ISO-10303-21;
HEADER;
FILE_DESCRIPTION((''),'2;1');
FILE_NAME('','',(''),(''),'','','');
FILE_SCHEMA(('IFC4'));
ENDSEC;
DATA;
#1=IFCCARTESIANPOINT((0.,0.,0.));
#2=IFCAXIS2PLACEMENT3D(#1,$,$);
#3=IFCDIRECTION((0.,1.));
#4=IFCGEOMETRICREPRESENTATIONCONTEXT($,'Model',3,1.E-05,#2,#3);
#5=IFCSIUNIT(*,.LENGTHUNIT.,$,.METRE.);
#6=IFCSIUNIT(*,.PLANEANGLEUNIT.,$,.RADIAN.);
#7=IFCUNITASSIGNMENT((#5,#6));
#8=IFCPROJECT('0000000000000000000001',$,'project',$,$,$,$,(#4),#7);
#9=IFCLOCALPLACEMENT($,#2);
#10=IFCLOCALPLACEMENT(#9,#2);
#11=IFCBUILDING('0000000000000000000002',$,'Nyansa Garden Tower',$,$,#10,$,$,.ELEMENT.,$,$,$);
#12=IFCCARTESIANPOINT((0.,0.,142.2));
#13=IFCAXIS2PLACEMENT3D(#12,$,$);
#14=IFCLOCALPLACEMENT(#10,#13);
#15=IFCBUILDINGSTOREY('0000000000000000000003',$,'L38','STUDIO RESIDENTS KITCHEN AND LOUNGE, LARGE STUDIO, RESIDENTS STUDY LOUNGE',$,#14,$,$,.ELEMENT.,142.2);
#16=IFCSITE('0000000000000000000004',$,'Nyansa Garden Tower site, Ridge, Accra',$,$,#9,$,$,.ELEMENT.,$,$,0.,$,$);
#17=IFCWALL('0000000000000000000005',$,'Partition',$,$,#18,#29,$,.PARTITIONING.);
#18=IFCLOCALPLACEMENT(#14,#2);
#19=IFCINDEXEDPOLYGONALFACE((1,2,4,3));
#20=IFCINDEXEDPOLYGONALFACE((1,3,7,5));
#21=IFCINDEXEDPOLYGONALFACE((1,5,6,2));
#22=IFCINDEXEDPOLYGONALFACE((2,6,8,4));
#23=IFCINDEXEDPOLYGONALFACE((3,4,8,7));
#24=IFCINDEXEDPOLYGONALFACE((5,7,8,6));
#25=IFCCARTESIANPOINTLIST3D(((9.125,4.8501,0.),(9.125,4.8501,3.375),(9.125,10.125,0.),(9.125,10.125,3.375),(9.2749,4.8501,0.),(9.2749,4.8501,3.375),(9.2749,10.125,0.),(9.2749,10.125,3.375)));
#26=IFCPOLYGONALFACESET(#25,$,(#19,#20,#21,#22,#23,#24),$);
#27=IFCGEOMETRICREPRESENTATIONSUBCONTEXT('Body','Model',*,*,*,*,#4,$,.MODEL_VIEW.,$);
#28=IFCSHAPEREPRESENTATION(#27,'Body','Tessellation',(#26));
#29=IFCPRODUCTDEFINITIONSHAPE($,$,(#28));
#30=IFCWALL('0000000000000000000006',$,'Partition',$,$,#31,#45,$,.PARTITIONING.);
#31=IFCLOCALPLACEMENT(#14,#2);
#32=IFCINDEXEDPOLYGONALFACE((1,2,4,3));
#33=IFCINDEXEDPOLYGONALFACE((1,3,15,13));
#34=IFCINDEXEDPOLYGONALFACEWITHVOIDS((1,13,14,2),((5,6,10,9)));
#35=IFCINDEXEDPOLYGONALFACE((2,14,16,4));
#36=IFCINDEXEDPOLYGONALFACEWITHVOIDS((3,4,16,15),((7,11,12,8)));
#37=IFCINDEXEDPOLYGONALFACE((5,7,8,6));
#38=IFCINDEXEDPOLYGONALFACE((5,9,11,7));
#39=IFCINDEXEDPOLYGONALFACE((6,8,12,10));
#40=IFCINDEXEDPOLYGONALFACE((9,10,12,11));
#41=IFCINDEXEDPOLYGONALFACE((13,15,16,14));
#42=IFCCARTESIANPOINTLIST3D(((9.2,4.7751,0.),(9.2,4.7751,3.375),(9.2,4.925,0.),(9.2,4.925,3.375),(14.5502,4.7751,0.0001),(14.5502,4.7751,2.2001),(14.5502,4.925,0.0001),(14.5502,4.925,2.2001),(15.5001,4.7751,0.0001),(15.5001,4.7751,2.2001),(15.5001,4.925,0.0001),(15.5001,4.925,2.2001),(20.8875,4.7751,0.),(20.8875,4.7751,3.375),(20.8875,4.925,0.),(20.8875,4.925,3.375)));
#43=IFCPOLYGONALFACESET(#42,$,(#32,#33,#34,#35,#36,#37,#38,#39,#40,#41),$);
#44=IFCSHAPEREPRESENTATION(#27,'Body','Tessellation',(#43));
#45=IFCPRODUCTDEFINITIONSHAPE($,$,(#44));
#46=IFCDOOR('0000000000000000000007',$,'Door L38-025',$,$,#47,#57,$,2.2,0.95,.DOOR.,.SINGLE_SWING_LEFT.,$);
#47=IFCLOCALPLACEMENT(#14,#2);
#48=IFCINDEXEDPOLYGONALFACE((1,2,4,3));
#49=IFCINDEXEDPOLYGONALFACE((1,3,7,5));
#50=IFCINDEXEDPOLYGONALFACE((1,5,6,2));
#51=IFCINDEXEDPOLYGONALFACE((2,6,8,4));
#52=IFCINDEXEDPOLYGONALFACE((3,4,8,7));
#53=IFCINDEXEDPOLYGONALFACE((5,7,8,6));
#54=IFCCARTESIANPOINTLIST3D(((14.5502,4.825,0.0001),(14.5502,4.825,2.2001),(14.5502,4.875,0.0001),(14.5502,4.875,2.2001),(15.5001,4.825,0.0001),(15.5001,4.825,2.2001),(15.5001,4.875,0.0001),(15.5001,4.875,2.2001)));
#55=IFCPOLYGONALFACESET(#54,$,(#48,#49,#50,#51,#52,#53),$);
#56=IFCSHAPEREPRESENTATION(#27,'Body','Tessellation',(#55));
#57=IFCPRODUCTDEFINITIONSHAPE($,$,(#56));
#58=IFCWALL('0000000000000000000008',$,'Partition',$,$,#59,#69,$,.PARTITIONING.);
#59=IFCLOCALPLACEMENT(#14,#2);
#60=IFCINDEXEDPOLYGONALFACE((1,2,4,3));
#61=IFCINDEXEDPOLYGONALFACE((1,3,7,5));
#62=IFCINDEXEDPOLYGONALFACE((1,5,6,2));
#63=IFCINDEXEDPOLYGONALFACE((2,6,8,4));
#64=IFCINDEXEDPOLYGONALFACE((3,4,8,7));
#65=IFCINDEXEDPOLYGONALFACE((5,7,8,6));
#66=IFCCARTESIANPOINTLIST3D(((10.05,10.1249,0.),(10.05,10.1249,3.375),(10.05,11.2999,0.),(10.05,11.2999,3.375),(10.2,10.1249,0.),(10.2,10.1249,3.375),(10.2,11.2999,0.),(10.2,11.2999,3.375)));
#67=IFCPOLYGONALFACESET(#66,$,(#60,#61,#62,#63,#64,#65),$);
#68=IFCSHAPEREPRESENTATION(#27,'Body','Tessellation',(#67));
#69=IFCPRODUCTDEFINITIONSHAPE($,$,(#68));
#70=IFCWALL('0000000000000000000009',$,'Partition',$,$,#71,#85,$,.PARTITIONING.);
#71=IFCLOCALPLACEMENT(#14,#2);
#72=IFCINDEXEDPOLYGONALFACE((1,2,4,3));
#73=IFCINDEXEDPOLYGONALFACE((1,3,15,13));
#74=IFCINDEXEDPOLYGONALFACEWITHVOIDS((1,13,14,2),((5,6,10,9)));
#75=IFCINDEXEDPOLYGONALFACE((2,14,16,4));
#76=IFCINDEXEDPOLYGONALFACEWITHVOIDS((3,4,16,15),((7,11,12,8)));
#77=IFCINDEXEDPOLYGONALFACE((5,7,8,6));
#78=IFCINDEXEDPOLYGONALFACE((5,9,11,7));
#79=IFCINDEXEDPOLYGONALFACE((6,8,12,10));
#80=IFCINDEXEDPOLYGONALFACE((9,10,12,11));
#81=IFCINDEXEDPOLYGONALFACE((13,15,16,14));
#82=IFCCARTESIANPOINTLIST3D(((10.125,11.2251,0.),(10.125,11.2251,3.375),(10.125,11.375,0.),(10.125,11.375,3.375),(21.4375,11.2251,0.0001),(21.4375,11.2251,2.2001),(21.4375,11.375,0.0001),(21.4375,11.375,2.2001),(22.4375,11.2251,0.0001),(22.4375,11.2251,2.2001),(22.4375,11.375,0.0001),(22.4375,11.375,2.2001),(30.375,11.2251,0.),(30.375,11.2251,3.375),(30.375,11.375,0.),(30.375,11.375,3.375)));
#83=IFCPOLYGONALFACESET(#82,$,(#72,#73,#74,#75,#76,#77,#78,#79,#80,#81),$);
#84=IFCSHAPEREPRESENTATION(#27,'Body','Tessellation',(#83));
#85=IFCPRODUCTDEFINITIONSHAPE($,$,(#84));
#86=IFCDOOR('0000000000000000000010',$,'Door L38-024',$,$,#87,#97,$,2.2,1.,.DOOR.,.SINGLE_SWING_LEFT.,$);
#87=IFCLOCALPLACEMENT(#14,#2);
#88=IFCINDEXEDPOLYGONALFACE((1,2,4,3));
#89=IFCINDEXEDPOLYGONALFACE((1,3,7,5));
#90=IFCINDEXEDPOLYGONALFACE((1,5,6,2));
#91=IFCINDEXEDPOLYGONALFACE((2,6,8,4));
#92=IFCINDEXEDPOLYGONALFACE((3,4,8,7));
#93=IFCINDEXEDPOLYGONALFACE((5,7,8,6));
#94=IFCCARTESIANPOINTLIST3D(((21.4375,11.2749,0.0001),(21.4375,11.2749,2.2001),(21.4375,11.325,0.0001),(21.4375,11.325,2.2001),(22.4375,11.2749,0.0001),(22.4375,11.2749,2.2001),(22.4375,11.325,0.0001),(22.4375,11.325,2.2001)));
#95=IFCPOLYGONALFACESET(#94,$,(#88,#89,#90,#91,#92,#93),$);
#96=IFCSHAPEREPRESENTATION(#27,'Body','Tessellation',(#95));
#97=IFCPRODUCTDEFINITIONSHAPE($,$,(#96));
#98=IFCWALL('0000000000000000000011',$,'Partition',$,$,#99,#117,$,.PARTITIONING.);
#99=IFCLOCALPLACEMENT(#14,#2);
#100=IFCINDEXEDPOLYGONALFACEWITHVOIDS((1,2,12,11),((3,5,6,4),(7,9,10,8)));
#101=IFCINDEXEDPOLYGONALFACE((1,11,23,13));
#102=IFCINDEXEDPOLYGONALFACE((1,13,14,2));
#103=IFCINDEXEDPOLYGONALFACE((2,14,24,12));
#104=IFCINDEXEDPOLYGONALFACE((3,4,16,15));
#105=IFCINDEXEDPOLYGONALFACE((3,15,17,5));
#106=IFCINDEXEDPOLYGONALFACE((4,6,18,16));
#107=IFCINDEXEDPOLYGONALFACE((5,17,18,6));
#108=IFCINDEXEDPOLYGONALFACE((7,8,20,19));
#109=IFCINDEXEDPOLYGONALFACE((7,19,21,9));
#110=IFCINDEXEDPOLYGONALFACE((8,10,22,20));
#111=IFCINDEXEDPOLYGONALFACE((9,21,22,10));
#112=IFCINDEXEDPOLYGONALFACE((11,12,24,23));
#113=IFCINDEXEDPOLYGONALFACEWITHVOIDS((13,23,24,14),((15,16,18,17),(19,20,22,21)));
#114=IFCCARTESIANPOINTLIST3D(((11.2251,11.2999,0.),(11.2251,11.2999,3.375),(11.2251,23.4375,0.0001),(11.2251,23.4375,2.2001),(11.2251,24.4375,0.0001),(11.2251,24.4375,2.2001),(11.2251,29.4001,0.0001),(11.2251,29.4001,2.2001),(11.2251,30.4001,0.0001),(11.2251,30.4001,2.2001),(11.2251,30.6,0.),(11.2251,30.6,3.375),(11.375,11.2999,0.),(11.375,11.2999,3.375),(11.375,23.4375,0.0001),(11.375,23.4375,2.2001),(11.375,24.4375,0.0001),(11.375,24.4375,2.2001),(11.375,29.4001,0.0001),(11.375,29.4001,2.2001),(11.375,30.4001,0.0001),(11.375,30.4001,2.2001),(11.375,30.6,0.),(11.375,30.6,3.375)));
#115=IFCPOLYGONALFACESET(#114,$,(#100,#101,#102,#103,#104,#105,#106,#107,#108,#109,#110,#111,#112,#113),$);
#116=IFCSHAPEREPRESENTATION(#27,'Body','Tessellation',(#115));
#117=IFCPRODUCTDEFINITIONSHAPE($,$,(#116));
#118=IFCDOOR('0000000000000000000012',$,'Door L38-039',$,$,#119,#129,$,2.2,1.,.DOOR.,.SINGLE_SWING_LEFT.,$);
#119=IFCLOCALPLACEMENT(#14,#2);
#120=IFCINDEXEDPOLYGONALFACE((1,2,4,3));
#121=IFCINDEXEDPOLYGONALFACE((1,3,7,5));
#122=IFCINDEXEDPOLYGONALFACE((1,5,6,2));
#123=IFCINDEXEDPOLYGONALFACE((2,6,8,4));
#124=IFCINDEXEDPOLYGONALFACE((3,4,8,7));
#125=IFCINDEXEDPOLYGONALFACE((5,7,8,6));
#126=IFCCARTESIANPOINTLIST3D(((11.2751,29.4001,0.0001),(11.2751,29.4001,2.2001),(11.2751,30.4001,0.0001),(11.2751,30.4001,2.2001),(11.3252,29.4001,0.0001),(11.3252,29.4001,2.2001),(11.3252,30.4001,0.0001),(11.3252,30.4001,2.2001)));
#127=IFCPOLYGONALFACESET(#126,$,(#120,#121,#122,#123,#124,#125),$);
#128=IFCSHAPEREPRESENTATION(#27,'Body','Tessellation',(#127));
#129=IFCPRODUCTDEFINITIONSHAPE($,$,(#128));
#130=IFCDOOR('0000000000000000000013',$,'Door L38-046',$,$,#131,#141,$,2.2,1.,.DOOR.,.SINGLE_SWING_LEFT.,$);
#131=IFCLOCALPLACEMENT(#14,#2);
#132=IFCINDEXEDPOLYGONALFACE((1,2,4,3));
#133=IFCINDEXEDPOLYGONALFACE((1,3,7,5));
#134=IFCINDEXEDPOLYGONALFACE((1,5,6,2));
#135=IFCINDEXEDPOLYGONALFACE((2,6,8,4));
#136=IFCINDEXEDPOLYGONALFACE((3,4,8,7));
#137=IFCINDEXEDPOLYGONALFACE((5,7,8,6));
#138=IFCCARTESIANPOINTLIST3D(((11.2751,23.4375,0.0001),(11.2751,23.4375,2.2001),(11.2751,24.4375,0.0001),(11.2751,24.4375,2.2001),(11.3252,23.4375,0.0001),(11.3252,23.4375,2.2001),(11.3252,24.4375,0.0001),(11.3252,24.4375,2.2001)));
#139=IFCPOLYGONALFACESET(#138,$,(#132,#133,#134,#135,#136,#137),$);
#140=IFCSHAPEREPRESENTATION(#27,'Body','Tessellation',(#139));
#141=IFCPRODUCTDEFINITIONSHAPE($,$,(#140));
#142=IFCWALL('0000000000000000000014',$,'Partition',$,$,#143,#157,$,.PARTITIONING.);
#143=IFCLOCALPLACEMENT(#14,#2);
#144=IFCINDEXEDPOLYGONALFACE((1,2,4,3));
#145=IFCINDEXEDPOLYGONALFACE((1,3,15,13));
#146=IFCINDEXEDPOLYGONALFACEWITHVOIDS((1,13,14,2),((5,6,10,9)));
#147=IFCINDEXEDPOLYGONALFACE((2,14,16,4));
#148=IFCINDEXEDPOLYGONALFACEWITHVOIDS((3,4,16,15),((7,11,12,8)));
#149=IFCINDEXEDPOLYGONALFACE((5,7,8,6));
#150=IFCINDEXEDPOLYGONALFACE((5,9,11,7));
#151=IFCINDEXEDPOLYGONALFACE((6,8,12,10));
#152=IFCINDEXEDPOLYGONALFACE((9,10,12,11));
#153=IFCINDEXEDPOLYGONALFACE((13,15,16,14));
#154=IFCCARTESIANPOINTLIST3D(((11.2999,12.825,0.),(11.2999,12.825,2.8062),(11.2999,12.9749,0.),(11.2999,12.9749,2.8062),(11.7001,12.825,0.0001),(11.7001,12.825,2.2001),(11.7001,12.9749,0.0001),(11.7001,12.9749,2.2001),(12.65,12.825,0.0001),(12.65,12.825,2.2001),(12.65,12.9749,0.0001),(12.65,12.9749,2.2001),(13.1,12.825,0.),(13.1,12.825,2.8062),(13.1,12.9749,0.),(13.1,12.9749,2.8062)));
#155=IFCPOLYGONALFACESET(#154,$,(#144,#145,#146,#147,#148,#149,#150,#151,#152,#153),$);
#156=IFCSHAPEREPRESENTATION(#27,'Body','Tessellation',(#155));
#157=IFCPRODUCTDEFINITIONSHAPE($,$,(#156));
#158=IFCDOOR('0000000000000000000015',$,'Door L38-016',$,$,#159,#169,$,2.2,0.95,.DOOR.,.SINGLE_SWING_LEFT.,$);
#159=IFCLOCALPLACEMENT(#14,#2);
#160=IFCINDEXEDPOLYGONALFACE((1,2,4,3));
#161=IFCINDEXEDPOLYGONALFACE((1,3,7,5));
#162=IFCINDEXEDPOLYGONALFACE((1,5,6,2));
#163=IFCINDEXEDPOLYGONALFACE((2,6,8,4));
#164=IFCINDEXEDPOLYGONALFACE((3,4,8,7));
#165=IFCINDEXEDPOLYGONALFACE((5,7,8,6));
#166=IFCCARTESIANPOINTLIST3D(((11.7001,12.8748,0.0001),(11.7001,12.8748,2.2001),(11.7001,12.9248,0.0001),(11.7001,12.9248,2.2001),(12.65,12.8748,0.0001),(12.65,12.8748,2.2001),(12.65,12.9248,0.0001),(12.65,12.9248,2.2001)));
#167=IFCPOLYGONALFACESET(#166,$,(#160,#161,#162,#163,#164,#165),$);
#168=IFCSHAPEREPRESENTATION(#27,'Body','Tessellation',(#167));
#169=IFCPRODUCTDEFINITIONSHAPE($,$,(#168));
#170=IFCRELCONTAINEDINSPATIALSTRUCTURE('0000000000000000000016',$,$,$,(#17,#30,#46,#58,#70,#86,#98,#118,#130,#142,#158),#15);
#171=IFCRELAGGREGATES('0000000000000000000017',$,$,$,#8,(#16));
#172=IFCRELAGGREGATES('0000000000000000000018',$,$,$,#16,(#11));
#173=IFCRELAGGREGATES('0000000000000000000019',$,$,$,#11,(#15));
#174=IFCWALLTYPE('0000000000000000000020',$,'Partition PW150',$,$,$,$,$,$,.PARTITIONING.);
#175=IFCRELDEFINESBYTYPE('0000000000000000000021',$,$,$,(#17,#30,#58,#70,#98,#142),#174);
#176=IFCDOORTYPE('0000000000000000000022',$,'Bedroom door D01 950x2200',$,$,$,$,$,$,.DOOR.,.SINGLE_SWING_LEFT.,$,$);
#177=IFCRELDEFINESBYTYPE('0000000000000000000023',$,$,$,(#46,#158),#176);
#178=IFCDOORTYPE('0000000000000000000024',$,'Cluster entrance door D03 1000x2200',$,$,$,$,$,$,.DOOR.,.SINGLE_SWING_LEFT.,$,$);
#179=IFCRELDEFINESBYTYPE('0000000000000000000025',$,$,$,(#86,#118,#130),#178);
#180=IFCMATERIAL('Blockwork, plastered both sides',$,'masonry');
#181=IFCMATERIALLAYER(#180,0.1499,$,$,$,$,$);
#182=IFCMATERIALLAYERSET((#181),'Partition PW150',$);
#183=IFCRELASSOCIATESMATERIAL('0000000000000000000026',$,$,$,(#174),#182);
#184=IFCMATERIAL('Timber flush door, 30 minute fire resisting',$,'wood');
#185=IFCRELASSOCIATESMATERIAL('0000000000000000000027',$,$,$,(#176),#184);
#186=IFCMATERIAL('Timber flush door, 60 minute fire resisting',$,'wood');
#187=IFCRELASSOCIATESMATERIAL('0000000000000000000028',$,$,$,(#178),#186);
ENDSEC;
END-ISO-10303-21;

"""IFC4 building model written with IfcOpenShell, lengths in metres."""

from ifc_helpers import new_model, si_unit, direction, frame, frame_2d, origin, place, context, subcontext, project, spatial, rectangle, extrude, material, layer, layer_set, type_object, element, fill, save


model = new_model("IFC4")

# Units and contexts
model_context = context("Model", 3, precision=1e-05, world=origin(), true_north=direction((0.0, 1.0)))
body_context = subcontext(model_context, "Body", "Model", "MODEL_VIEW")
ifc_project = project(units=[si_unit("LENGTHUNIT", "METRE"), si_unit("PLANEANGLEUNIT", "RADIAN")], contexts=[model_context])

# Site, building, storey
site_placement = place(None, origin())
site = spatial("IfcSite", under=ifc_project, at=site_placement, Name="Nyansa Garden Tower site, Ridge, Accra", CompositionType="ELEMENT", RefElevation=0.0)
building_placement = place(site_placement, origin())
building = spatial("IfcBuilding", under=site, at=building_placement, Name="Nyansa Garden Tower", CompositionType="ELEMENT")
storey_placement = place(building_placement, frame((0.0, 0.0, 142.2)))
storey = spatial("IfcBuildingStorey", under=building, at=storey_placement, Name="L38", Description="STUDIO RESIDENTS KITCHEN AND LOUNGE, LARGE STUDIO, RESIDENTS STUDY LOUNGE", CompositionType="ELEMENT", Elevation=142.2)

# Shared definitions
ifc_material_1 = material(Name="Blockwork, plastered both sides", Category="masonry")
ifc_layer_1 = layer(ifc_material_1, 0.1499)
ifc_layer_set_1 = layer_set([ifc_layer_1], Name="Partition PW150")
wall_type_1 = type_object("IfcWallType", Name="Partition PW150", PredefinedType="PARTITIONING", material=ifc_layer_set_1)

# Wall
wall_1_placement = place(storey_placement, frame((9.2, 4.8501, 0.0), z_axis=(0.0, 0.0, 1.0), x_axis=(0.0, 1.0, 0.0)))
element("IfcWall", 1, at=wall_1_placement, inside=storey, type_object=wall_type_1, Name="Partition", PredefinedType="PARTITIONING", context=body_context, shape_type="SweptSolid", body=[
    extrude(rectangle(XDim=5.2749, YDim=0.1499, at=frame_2d((2.6375, 0.0))), origin(), (0.0, 0.0, 1.0), 3.375),
])

# Wall, opening, door
wall_2_placement = place(storey_placement, frame((9.2, 4.8501, 0.0), z_axis=(0.0, 0.0, 1.0), x_axis=(1.0, 0.0, 0.0)))
wall_2 = element("IfcWall", 2, at=wall_2_placement, inside=storey, type_object=wall_type_1, Name="Partition", PredefinedType="PARTITIONING", context=body_context, shape_type="SweptSolid", body=[
    extrude(rectangle(XDim=11.6875, YDim=0.1499, at=frame_2d((5.8438, 0.0))), origin(), (0.0, 0.0, 1.0), 3.375),
])
opening_1_placement = place(wall_2_placement, frame((5.3501, 0.0, 0.0)))
opening_1 = element("IfcOpeningElement", 3, at=opening_1_placement, cuts=wall_2, PredefinedType="OPENING", context=body_context, shape_type="SweptSolid", body=[
    extrude(rectangle(XDim=0.95, YDim=2.2, at=frame_2d((0.4751, 1.1001))), frame((0.0, 0.085, 0.0), z_axis=(0.0, -1.0, 0.0), x_axis=(1.0, 0.0, 0.0)), (0.0, 0.0, 1.0), 0.1699),
])
ifc_material_2 = material(Name="Timber flush door, 30 minute fire resisting", Category="wood")
door_type_1 = type_object("IfcDoorType", Name="Bedroom door D01 950x2200", OperationType="SINGLE_SWING_LEFT", PredefinedType="DOOR", material=ifc_material_2)
door_1_placement = place(opening_1_placement, origin())
door_1 = element("IfcDoor", 4, at=door_1_placement, inside=storey, type_object=door_type_1, Name="Door L38-025", OperationType="SINGLE_SWING_LEFT", OverallHeight=2.2, OverallWidth=0.95, PredefinedType="DOOR", context=body_context, shape_type="SweptSolid", body=[
    extrude(rectangle(XDim=0.95, YDim=2.2, at=frame_2d((0.4751, 1.1001))), frame((0.0, 0.0249, 0.0), z_axis=(0.0, -1.0, 0.0), x_axis=(1.0, 0.0, 0.0)), (0.0, 0.0, 1.0), 0.05),
])
fill(opening_1, door_1)

# Wall
wall_3_placement = place(storey_placement, frame((10.125, 10.125, 0.0), z_axis=(0.0, 0.0, 1.0), x_axis=(0.0, 1.0, 0.0)))
element("IfcWall", 5, at=wall_3_placement, inside=storey, type_object=wall_type_1, Name="Partition", PredefinedType="PARTITIONING", context=body_context, shape_type="SweptSolid", body=[
    extrude(rectangle(XDim=1.175, YDim=0.1499, at=frame_2d((0.5874, 0.0))), origin(), (0.0, 0.0, 1.0), 3.375),
])

# Wall, opening, door
wall_4_placement = place(storey_placement, frame((10.125, 11.3, 0.0), z_axis=(0.0, 0.0, 1.0), x_axis=(1.0, 0.0, 0.0)))
wall_4 = element("IfcWall", 6, at=wall_4_placement, inside=storey, type_object=wall_type_1, Name="Partition", PredefinedType="PARTITIONING", context=body_context, shape_type="SweptSolid", body=[
    extrude(rectangle(XDim=20.25, YDim=0.1499, at=frame_2d((10.125, 0.0))), origin(), (0.0, 0.0, 1.0), 3.375),
])
opening_2_placement = place(wall_4_placement, frame((11.3125, 0.0, 0.0)))
opening_2 = element("IfcOpeningElement", 7, at=opening_2_placement, cuts=wall_4, PredefinedType="OPENING", context=body_context, shape_type="SweptSolid", body=[
    extrude(rectangle(XDim=1.0, YDim=2.2, at=frame_2d((0.5, 1.1001))), frame((0.0, 0.085, 0.0), z_axis=(0.0, -1.0, 0.0), x_axis=(1.0, 0.0, 0.0)), (0.0, 0.0, 1.0), 0.1699),
])
ifc_material_3 = material(Name="Timber flush door, 60 minute fire resisting", Category="wood")
door_type_2 = type_object("IfcDoorType", Name="Cluster entrance door D03 1000x2200", OperationType="SINGLE_SWING_LEFT", PredefinedType="DOOR", material=ifc_material_3)
door_2_placement = place(opening_2_placement, origin())
door_2 = element("IfcDoor", 8, at=door_2_placement, inside=storey, type_object=door_type_2, Name="Door L38-024", OperationType="SINGLE_SWING_LEFT", OverallHeight=2.2, OverallWidth=1.0, PredefinedType="DOOR", context=body_context, shape_type="SweptSolid", body=[
    extrude(rectangle(XDim=1.0, YDim=2.2, at=frame_2d((0.5, 1.1001))), frame((0.0, 0.0249, 0.0), z_axis=(0.0, -1.0, 0.0), x_axis=(1.0, 0.0, 0.0)), (0.0, 0.0, 1.0), 0.05),
])
fill(opening_2, door_2)

# Wall, openings, doors
wall_5_placement = place(storey_placement, frame((11.3, 11.3, 0.0), z_axis=(0.0, 0.0, 1.0), x_axis=(0.0, 1.0, 0.0)))
wall_5 = element("IfcWall", 9, at=wall_5_placement, inside=storey, type_object=wall_type_1, Name="Partition", PredefinedType="PARTITIONING", context=body_context, shape_type="SweptSolid", body=[
    extrude(rectangle(XDim=19.3, YDim=0.1499, at=frame_2d((9.6499, 0.0))), origin(), (0.0, 0.0, 1.0), 3.375),
])
opening_3_placement = place(wall_5_placement, frame((18.1001, 0.0, 0.0)))
opening_3 = element("IfcOpeningElement", 10, at=opening_3_placement, cuts=wall_5, PredefinedType="OPENING", context=body_context, shape_type="SweptSolid", body=[
    extrude(rectangle(XDim=1.0, YDim=2.2, at=frame_2d((0.5, 1.1001))), frame((0.0, 0.085, 0.0), z_axis=(0.0, -1.0, 0.0), x_axis=(1.0, 0.0, 0.0)), (0.0, 0.0, 1.0), 0.1699),
])
opening_4_placement = place(wall_5_placement, frame((12.1375, 0.0, 0.0)))
opening_4 = element("IfcOpeningElement", 11, at=opening_4_placement, cuts=wall_5, PredefinedType="OPENING", context=body_context, shape_type="SweptSolid", body=[
    extrude(rectangle(XDim=1.0, YDim=2.2, at=frame_2d((0.5, 1.1001))), frame((0.0, 0.085, 0.0), z_axis=(0.0, -1.0, 0.0), x_axis=(1.0, 0.0, 0.0)), (0.0, 0.0, 1.0), 0.1699),
])
door_3_placement = place(opening_3_placement, origin())
door_3 = element("IfcDoor", 12, at=door_3_placement, inside=storey, type_object=door_type_2, Name="Door L38-039", OperationType="SINGLE_SWING_LEFT", OverallHeight=2.2, OverallWidth=1.0, PredefinedType="DOOR", context=body_context, shape_type="SweptSolid", body=[
    extrude(rectangle(XDim=1.0, YDim=2.2, at=frame_2d((0.5, 1.1001))), frame((0.0, 0.0249, 0.0), z_axis=(0.0, -1.0, 0.0), x_axis=(1.0, 0.0, 0.0)), (0.0, 0.0, 1.0), 0.05),
])
fill(opening_3, door_3)
door_4_placement = place(opening_4_placement, origin())
door_4 = element("IfcDoor", 13, at=door_4_placement, inside=storey, type_object=door_type_2, Name="Door L38-046", OperationType="SINGLE_SWING_LEFT", OverallHeight=2.2, OverallWidth=1.0, PredefinedType="DOOR", context=body_context, shape_type="SweptSolid", body=[
    extrude(rectangle(XDim=1.0, YDim=2.2, at=frame_2d((0.5, 1.1001))), frame((0.0, 0.0249, 0.0), z_axis=(0.0, -1.0, 0.0), x_axis=(1.0, 0.0, 0.0)), (0.0, 0.0, 1.0), 0.05),
])
fill(opening_4, door_4)

# Wall, opening, door
wall_6_placement = place(storey_placement, frame((11.3, 12.8999, 0.0), z_axis=(0.0, 0.0, 1.0), x_axis=(1.0, 0.0, 0.0)))
wall_6 = element("IfcWall", 14, at=wall_6_placement, inside=storey, type_object=wall_type_1, Name="Partition", PredefinedType="PARTITIONING", context=body_context, shape_type="SweptSolid", body=[
    extrude(rectangle(XDim=1.8, YDim=0.1499, at=frame_2d((0.8999, 0.0))), origin(), (0.0, 0.0, 1.0), 2.8062),
])
opening_5_placement = place(wall_6_placement, frame((0.3999, 0.0, 0.0)))
opening_5 = element("IfcOpeningElement", 15, at=opening_5_placement, cuts=wall_6, PredefinedType="OPENING", context=body_context, shape_type="SweptSolid", body=[
    extrude(rectangle(XDim=0.95, YDim=2.2, at=frame_2d((0.4751, 1.1001))), frame((0.0, 0.085, 0.0), z_axis=(0.0, -1.0, 0.0), x_axis=(1.0, 0.0, 0.0)), (0.0, 0.0, 1.0), 0.1699),
])
door_5_placement = place(opening_5_placement, origin())
door_5 = element("IfcDoor", 16, at=door_5_placement, inside=storey, type_object=door_type_1, Name="Door L38-016", OperationType="SINGLE_SWING_LEFT", OverallHeight=2.2, OverallWidth=0.95, PredefinedType="DOOR", context=body_context, shape_type="SweptSolid", body=[
    extrude(rectangle(XDim=0.95, YDim=2.2, at=frame_2d((0.4751, 1.1001))), frame((0.0, 0.0249, 0.0), z_axis=(0.0, -1.0, 0.0), x_axis=(1.0, 0.0, 0.0)), (0.0, 0.0, 1.0), 0.05),
])
fill(opening_5, door_5)

save(model, "model.ifc")
